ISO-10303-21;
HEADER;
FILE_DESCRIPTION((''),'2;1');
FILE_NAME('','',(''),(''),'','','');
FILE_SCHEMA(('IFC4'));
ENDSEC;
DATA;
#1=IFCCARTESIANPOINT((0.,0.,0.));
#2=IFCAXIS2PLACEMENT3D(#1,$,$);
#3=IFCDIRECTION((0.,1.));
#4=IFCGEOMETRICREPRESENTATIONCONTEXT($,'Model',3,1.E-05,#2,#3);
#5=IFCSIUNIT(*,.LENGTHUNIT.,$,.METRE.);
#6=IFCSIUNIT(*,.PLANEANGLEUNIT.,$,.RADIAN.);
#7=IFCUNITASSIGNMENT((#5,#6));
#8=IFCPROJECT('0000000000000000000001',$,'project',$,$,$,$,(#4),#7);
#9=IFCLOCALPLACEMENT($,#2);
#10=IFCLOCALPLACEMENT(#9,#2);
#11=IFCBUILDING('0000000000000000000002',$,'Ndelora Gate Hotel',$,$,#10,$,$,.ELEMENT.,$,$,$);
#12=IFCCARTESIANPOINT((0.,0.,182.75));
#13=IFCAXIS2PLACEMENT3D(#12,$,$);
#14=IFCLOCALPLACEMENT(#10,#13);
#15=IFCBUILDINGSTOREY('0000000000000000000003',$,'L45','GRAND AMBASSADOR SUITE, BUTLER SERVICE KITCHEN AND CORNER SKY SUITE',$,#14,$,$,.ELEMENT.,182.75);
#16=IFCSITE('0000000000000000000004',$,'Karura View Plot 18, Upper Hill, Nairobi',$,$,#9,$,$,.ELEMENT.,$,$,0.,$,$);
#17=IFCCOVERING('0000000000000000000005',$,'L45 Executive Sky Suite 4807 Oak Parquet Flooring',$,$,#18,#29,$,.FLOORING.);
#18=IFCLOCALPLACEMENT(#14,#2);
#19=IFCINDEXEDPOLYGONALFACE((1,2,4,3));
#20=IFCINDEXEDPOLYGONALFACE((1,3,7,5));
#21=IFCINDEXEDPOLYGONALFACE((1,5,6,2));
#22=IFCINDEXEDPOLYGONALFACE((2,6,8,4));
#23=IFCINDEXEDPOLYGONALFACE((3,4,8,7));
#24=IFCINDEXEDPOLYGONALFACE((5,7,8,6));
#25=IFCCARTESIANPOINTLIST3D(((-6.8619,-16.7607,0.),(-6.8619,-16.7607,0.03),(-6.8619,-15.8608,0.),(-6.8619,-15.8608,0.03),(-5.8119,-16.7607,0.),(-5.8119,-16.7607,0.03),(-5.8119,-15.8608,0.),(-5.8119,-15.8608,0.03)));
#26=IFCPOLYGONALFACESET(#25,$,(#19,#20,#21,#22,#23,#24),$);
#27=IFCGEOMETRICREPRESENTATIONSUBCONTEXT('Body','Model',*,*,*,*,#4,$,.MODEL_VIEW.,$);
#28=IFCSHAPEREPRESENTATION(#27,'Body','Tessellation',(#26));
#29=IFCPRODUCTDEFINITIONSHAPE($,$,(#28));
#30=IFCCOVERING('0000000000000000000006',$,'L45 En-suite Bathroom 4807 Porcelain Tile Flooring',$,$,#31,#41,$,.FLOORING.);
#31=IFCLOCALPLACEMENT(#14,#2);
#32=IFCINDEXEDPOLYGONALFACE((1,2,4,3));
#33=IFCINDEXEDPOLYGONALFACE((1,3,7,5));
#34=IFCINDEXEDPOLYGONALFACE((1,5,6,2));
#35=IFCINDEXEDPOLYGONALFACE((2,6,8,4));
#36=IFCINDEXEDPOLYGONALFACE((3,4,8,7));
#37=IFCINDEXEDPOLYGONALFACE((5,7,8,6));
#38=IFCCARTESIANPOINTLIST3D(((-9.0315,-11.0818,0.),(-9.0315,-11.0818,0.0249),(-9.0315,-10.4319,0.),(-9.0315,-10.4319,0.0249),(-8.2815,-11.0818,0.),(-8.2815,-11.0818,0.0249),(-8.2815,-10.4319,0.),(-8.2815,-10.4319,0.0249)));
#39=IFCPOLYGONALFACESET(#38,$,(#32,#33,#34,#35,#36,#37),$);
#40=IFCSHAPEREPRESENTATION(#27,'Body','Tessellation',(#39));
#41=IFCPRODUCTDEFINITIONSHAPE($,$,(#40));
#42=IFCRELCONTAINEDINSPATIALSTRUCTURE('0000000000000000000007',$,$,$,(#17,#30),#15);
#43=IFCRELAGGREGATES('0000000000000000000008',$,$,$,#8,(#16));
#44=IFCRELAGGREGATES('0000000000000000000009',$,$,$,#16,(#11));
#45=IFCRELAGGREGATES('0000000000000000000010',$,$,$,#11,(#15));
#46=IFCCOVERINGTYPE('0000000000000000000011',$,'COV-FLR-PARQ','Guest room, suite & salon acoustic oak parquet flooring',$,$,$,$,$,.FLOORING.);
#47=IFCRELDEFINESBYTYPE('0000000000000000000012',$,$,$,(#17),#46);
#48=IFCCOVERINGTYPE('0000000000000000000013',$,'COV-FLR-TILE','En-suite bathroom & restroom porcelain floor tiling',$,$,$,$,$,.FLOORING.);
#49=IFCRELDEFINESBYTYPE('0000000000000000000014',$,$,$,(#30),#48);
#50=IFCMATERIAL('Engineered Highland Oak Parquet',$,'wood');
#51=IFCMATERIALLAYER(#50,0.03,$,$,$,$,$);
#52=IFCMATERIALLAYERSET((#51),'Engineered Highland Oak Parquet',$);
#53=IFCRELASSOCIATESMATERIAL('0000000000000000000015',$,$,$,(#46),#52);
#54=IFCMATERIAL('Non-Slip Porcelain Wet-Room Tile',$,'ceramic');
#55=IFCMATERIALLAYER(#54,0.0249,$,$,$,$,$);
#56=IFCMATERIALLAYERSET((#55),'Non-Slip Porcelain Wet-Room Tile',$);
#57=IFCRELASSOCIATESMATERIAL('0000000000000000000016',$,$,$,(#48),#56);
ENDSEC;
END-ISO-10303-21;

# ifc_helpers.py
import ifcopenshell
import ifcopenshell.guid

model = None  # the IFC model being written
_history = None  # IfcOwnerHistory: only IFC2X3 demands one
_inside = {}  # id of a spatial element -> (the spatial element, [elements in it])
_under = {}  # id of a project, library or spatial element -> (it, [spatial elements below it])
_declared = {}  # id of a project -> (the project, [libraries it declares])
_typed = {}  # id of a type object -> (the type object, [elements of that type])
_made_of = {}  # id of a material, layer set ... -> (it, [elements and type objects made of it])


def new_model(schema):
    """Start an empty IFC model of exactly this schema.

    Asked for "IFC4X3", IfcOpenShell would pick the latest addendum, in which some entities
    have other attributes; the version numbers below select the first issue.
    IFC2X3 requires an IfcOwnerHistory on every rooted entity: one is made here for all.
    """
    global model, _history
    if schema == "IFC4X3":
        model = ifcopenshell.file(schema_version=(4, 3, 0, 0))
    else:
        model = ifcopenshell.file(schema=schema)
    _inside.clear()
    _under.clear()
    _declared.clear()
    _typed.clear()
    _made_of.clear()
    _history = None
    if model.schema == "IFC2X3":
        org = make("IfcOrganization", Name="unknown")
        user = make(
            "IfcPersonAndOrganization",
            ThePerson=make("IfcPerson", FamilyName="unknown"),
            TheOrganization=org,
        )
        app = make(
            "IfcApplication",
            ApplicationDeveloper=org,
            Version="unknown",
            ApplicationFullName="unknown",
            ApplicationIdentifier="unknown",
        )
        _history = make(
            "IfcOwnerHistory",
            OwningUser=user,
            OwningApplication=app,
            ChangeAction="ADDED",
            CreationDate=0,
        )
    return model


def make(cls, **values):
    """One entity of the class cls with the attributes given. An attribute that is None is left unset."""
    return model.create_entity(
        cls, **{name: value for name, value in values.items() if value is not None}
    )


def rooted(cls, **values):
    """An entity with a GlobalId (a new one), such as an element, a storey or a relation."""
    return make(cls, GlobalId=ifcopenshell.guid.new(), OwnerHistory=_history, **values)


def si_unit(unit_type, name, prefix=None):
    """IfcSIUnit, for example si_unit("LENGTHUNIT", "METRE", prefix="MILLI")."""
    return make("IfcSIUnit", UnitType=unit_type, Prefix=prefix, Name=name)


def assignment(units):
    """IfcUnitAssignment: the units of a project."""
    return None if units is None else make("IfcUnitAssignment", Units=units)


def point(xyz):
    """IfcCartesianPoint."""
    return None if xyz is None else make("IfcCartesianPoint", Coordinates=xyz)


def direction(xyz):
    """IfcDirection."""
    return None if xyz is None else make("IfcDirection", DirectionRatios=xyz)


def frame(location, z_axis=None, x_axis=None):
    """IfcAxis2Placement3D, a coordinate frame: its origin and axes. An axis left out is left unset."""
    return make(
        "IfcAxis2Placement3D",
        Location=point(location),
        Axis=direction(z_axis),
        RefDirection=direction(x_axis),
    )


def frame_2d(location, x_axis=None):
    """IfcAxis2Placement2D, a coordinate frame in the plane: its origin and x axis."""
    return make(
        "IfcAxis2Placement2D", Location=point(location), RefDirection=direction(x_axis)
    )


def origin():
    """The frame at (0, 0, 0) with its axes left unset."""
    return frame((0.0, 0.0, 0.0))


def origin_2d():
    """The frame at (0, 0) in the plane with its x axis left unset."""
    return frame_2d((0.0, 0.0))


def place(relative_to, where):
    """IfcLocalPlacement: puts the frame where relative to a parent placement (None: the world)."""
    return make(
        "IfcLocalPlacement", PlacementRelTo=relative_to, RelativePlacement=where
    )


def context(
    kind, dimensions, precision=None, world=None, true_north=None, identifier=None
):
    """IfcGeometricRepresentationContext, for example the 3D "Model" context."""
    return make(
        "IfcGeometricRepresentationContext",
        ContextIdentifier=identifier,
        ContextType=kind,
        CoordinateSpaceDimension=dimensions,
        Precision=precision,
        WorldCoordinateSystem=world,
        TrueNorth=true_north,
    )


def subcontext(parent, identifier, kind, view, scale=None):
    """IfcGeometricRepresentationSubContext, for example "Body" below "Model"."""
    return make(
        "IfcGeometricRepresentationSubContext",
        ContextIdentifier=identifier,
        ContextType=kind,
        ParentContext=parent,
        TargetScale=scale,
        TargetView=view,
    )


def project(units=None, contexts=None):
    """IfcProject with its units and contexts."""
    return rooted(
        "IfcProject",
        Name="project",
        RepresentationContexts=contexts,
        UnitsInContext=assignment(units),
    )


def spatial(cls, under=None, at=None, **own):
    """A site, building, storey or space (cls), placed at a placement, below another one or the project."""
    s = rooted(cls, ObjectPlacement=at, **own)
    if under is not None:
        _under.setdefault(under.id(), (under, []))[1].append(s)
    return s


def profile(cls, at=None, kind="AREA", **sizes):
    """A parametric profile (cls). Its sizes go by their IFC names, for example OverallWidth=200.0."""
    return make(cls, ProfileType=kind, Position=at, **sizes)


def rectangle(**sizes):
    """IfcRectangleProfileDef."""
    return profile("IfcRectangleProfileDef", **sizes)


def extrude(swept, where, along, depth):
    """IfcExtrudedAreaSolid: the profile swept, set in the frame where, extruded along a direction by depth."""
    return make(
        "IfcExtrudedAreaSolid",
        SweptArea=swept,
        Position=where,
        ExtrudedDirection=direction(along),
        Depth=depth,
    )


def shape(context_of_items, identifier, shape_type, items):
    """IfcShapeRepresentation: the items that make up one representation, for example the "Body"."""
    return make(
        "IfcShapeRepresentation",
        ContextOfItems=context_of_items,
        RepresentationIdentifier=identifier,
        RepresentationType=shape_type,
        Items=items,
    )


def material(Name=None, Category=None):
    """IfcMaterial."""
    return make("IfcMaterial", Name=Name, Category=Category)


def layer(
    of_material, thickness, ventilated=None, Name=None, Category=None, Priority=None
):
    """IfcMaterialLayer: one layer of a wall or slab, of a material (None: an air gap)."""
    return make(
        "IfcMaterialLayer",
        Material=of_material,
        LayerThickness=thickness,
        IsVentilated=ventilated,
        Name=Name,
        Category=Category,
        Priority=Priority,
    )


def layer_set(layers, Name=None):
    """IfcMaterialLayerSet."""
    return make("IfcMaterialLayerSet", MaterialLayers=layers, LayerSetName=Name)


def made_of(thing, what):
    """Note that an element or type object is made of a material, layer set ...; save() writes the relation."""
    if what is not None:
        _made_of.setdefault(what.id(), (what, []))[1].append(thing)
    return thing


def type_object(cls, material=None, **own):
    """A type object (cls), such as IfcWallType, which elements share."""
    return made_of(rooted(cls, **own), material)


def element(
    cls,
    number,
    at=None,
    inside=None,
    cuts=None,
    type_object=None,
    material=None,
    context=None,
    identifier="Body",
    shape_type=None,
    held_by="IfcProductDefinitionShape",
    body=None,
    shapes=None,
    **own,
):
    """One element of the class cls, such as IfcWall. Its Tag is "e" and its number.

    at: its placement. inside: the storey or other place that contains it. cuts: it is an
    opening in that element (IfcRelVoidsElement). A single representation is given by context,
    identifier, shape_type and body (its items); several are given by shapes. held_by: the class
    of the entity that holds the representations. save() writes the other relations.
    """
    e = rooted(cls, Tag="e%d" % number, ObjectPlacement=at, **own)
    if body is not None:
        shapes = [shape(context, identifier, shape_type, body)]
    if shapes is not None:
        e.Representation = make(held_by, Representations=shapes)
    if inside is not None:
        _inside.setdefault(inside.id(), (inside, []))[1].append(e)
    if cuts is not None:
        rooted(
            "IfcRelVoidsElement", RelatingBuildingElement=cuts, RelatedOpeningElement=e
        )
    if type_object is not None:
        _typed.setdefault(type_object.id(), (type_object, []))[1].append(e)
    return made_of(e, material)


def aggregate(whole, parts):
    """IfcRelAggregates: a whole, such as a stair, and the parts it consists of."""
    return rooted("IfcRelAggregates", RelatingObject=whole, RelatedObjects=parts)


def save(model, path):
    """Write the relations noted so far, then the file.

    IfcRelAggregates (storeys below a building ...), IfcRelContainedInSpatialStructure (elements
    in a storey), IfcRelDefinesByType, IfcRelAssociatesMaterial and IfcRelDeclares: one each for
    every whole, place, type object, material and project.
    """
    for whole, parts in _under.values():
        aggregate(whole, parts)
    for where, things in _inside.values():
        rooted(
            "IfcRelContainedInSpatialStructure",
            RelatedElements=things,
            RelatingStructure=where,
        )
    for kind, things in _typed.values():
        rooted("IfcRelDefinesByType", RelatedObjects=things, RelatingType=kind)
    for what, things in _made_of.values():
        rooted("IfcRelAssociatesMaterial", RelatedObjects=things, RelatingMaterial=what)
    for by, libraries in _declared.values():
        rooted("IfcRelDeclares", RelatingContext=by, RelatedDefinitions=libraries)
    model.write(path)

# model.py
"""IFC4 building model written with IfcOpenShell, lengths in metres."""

from ifc_helpers import new_model, si_unit, direction, frame, origin, origin_2d, place, context, subcontext, project, spatial, rectangle, extrude, material, layer, layer_set, type_object, element, save


model = new_model("IFC4")

# Units and contexts
model_context = context("Model", 3, precision=1e-05, world=origin(), true_north=direction((0.0, 1.0)))
body_context = subcontext(model_context, "Body", "Model", "MODEL_VIEW")
ifc_project = project(units=[si_unit("LENGTHUNIT", "METRE"), si_unit("PLANEANGLEUNIT", "RADIAN")], contexts=[model_context])

# Site, building, storey
site_placement = place(None, origin())
site = spatial("IfcSite", under=ifc_project, at=site_placement, Name="Karura View Plot 18, Upper Hill, Nairobi", CompositionType="ELEMENT", RefElevation=0.0)
building_placement = place(site_placement, origin())
building = spatial("IfcBuilding", under=site, at=building_placement, Name="Ndelora Gate Hotel", CompositionType="ELEMENT")
storey_placement = place(building_placement, frame((0.0, 0.0, 182.75)))
storey = spatial("IfcBuildingStorey", under=building, at=storey_placement, Name="L45", Description="GRAND AMBASSADOR SUITE, BUTLER SERVICE KITCHEN AND CORNER SKY SUITE", CompositionType="ELEMENT", Elevation=182.75)

# Coverings
ifc_material_1 = material(Name="Engineered Highland Oak Parquet", Category="wood")
ifc_layer_1 = layer(ifc_material_1, 0.03)
ifc_layer_set_1 = layer_set([ifc_layer_1], Name="Engineered Highland Oak Parquet")
covering_type_1 = type_object("IfcCoveringType", Name="COV-FLR-PARQ", Description="Guest room, suite & salon acoustic oak parquet flooring", PredefinedType="FLOORING", material=ifc_layer_set_1)
covering_1_placement = place(storey_placement, frame((-6.3369, -16.3108, 0.0), z_axis=(0.0, 0.0, 1.0), x_axis=(1.0, 0.0, 0.0)))
element("IfcCovering", 1, at=covering_1_placement, inside=storey, type_object=covering_type_1, Name="L45 Executive Sky Suite 4807 Oak Parquet Flooring", PredefinedType="FLOORING", context=body_context, shape_type="SweptSolid", body=[
    extrude(rectangle(XDim=1.05, YDim=0.8999, at=origin_2d()), origin(), (0.0, 0.0, 1.0), 0.03),
])
ifc_material_2 = material(Name="Non-Slip Porcelain Wet-Room Tile", Category="ceramic")
ifc_layer_2 = layer(ifc_material_2, 0.0249)
ifc_layer_set_2 = layer_set([ifc_layer_2], Name="Non-Slip Porcelain Wet-Room Tile")
covering_type_2 = type_object("IfcCoveringType", Name="COV-FLR-TILE", Description="En-suite bathroom & restroom porcelain floor tiling", PredefinedType="FLOORING", material=ifc_layer_set_2)
covering_2_placement = place(storey_placement, frame((-8.6565, -10.7568, 0.0), z_axis=(0.0, 0.0, 1.0), x_axis=(1.0, 0.0, 0.0)))
element("IfcCovering", 2, at=covering_2_placement, inside=storey, type_object=covering_type_2, Name="L45 En-suite Bathroom 4807 Porcelain Tile Flooring", PredefinedType="FLOORING", context=body_context, shape_type="SweptSolid", body=[
    extrude(rectangle(XDim=0.75, YDim=0.6499, at=origin_2d()), origin(), (0.0, 0.0, 1.0), 0.0249),
])

save(model, "model.ifc")
